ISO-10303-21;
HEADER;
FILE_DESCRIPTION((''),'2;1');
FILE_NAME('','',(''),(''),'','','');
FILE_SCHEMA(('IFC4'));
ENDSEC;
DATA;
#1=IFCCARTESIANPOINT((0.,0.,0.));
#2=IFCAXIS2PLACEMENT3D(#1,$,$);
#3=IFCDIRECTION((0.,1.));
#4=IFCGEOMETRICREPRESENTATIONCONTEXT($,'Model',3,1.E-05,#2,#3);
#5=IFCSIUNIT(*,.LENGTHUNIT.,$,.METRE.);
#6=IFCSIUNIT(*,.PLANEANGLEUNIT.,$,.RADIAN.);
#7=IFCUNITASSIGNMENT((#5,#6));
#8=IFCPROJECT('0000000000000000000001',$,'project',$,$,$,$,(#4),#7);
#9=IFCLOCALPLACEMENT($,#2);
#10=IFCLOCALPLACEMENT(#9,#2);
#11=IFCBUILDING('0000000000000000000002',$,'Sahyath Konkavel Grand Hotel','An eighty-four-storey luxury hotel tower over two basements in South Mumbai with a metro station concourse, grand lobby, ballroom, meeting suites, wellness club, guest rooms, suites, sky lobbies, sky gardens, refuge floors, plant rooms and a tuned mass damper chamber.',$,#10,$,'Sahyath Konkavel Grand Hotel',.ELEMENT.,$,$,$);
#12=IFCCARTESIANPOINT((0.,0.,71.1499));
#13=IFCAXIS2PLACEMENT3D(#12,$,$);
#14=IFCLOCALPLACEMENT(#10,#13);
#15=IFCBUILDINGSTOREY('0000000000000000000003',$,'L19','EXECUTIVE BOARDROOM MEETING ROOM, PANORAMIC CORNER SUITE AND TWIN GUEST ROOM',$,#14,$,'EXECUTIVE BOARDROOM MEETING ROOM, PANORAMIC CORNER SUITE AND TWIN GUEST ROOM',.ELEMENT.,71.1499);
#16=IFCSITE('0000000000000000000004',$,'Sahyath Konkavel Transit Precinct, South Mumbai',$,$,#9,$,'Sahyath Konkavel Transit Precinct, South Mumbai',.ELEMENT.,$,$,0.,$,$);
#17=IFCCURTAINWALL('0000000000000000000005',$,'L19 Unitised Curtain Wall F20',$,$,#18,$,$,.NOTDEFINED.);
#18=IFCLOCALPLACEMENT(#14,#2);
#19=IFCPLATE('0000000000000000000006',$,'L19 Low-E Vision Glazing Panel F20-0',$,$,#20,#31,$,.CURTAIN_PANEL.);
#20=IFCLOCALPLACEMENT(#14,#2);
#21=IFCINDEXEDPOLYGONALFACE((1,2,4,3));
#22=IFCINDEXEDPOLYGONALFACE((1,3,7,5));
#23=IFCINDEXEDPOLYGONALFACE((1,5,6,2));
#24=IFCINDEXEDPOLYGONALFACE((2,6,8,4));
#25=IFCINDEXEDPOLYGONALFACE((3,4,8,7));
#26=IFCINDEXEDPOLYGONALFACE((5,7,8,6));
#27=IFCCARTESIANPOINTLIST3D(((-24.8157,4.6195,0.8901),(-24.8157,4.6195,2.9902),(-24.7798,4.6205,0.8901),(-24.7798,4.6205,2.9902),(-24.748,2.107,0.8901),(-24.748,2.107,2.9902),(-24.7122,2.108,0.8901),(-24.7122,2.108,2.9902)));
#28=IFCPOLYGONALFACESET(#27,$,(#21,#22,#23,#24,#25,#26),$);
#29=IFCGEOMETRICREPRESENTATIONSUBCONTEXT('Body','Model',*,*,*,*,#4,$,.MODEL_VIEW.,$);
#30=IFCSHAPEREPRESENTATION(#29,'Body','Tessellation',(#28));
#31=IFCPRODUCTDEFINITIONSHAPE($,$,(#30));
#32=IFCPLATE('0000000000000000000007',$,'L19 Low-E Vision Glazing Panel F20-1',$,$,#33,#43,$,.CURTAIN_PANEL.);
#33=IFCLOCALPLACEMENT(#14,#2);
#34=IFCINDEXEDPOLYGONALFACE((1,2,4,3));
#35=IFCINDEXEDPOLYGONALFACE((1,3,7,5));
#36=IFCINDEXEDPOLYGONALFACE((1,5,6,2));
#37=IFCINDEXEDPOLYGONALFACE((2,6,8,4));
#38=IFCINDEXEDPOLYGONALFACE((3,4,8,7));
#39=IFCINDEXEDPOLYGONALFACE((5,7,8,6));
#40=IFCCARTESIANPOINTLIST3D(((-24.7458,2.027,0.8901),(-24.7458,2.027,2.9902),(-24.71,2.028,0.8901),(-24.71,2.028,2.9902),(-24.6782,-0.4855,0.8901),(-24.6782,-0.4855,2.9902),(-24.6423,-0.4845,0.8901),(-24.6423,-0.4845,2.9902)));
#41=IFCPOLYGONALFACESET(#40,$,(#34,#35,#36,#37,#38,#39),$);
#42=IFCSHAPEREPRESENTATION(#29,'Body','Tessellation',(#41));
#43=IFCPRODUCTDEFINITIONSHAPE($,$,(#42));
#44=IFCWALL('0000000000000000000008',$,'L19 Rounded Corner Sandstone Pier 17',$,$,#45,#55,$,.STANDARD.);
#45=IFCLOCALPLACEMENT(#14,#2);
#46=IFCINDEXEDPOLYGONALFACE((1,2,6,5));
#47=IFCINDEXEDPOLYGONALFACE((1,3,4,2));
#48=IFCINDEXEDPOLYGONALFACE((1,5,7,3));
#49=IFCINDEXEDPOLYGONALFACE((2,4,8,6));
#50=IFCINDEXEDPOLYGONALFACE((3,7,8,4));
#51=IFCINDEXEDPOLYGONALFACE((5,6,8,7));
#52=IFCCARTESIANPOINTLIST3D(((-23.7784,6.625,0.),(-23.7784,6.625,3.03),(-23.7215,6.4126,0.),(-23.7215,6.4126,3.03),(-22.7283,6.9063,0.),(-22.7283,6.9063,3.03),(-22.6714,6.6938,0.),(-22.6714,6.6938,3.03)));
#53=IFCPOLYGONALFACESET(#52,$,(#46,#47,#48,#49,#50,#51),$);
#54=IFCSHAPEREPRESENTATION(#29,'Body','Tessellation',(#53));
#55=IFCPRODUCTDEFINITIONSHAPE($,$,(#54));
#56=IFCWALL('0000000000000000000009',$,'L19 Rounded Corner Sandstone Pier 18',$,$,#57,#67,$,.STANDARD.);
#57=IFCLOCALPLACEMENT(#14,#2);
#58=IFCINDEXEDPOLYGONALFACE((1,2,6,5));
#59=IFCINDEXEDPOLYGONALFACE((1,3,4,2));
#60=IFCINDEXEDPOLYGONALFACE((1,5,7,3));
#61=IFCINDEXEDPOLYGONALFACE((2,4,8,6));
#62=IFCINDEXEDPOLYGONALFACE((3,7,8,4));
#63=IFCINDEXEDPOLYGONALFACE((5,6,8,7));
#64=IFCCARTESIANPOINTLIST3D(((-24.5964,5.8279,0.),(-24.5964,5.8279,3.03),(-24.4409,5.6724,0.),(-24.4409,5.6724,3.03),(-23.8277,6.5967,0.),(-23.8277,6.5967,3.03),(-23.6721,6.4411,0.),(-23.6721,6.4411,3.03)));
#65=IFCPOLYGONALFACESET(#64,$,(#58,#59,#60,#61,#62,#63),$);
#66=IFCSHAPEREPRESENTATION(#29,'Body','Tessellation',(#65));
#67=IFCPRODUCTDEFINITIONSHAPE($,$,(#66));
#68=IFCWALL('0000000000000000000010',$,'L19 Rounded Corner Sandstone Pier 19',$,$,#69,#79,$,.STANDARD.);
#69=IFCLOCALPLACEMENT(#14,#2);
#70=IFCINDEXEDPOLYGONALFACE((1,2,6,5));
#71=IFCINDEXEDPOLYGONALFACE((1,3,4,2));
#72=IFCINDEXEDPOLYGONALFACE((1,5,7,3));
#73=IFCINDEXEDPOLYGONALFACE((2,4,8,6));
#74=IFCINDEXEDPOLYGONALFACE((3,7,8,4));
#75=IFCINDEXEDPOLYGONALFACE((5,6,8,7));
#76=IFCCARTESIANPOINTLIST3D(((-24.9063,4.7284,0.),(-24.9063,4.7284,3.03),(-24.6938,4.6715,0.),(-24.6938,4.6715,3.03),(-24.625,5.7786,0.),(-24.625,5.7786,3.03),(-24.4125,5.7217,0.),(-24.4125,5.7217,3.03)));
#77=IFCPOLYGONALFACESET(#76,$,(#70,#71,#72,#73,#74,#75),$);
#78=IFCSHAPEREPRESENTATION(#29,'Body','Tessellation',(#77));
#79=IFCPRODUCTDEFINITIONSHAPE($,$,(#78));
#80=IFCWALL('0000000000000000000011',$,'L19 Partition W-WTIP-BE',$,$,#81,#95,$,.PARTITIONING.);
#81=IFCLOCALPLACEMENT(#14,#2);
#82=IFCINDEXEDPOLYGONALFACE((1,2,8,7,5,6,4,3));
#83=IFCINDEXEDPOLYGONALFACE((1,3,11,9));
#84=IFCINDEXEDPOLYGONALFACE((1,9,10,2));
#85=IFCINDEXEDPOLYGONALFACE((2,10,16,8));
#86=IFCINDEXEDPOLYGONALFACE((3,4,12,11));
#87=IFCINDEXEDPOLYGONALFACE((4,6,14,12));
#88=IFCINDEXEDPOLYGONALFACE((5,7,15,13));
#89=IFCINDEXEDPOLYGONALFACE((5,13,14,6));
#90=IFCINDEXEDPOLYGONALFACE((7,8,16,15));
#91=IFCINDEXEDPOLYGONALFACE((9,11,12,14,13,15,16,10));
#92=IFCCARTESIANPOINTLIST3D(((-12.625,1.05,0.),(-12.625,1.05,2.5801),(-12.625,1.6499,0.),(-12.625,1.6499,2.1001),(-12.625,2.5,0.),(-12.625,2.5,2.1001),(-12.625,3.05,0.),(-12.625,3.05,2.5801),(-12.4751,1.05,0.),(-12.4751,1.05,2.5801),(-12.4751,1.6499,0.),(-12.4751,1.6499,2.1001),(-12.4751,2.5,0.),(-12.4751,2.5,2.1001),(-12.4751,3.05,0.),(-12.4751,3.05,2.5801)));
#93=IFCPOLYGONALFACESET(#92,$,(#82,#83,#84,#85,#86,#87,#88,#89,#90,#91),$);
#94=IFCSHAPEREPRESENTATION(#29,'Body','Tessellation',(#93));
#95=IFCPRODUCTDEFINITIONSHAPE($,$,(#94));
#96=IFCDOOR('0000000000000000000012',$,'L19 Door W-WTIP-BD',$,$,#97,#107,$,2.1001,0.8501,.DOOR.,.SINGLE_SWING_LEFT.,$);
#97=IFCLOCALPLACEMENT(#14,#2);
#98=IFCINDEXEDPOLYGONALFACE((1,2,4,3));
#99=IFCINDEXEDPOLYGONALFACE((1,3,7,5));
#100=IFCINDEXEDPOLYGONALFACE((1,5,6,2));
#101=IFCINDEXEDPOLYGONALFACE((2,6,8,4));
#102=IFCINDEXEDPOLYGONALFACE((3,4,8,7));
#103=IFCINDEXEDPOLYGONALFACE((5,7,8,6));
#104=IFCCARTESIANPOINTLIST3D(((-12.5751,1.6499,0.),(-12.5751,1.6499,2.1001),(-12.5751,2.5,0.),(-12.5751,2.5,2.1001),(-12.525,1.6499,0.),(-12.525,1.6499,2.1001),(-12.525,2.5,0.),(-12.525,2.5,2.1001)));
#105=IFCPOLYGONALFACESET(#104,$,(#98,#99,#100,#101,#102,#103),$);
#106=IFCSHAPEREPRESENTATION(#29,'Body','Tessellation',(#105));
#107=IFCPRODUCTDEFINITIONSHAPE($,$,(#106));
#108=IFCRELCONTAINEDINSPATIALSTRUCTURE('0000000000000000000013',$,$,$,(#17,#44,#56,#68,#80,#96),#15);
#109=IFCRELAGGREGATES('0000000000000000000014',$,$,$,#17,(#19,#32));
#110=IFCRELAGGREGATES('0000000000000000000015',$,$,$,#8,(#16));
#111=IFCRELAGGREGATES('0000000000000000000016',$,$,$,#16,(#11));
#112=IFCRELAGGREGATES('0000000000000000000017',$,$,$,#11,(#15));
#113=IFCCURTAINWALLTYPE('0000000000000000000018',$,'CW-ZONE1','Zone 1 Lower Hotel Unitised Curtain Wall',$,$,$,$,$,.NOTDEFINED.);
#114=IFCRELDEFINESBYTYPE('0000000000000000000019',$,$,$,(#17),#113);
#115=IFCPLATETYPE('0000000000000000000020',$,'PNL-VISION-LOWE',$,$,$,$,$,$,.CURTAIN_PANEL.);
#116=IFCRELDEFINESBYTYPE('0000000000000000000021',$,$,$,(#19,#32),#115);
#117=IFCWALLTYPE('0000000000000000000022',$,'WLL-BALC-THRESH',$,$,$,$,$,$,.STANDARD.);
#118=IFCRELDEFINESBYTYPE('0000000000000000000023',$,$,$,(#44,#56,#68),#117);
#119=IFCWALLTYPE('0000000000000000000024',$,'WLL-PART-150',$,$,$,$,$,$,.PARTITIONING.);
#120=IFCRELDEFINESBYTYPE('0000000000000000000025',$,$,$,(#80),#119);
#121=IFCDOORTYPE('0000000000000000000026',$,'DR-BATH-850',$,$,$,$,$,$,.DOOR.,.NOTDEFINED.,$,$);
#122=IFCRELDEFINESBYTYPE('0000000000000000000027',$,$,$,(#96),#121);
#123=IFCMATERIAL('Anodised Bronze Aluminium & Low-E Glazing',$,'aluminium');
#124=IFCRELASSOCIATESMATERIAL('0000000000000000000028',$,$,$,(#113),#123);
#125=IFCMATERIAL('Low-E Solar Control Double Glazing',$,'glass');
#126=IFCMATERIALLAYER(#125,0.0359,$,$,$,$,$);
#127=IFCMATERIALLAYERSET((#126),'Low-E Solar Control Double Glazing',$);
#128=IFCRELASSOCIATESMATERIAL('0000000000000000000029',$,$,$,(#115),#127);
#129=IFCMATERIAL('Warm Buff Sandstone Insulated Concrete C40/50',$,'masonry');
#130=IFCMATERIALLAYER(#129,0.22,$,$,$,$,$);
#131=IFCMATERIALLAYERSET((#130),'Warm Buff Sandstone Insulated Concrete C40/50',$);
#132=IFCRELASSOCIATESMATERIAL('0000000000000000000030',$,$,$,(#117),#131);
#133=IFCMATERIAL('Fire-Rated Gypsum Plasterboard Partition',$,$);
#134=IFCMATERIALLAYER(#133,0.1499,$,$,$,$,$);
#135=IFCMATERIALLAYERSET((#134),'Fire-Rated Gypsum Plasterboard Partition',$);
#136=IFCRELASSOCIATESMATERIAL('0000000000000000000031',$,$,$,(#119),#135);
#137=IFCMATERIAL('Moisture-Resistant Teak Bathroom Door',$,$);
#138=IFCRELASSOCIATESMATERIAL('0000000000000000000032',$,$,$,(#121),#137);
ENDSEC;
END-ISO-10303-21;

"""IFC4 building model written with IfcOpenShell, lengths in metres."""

from ifc_helpers import new_model, si_unit, direction, frame, frame_2d, origin, origin_2d, place, context, subcontext, project, spatial, rectangle, extrude, source, transform, mapped, material, layer, layer_set, type_object, element, fill, aggregate, save


model = new_model("IFC4")

# Units and contexts
model_context = context("Model", 3, precision=1e-05, world=origin(), true_north=direction((0.0, 1.0)))
body_context = subcontext(model_context, "Body", "Model", "MODEL_VIEW")
ifc_project = project(units=[si_unit("LENGTHUNIT", "METRE"), si_unit("PLANEANGLEUNIT", "RADIAN")], contexts=[model_context])

# Site, building, storey
site_placement = place(None, origin())
site = spatial("IfcSite", under=ifc_project, at=site_placement, Name="Sahyath Konkavel Transit Precinct, South Mumbai", LongName="Sahyath Konkavel Transit Precinct, South Mumbai", CompositionType="ELEMENT", RefElevation=0.0)
building_placement = place(site_placement, origin())
building = spatial("IfcBuilding", under=site, at=building_placement, Name="Sahyath Konkavel Grand Hotel", Description="An eighty-four-storey luxury hotel tower over two basements in South Mumbai with a metro station concourse, grand lobby, ballroom, meeting suites, wellness club, guest rooms, suites, sky lobbies, sky gardens, refuge floors, plant rooms and a tuned mass damper chamber.", LongName="Sahyath Konkavel Grand Hotel", CompositionType="ELEMENT")
storey_placement = place(building_placement, frame((0.0, 0.0, 71.1499)))
storey = spatial("IfcBuildingStorey", under=building, at=storey_placement, Name="L19", Description="EXECUTIVE BOARDROOM MEETING ROOM, PANORAMIC CORNER SUITE AND TWIN GUEST ROOM", LongName="EXECUTIVE BOARDROOM MEETING ROOM, PANORAMIC CORNER SUITE AND TWIN GUEST ROOM", CompositionType="ELEMENT", Elevation=71.1499)

# Curtain wall
ifc_material_1 = material(Name="Anodised Bronze Aluminium & Low-E Glazing", Category="aluminium")
curtain_wall_type = type_object("IfcCurtainWallType", Name="CW-ZONE1", Description="Zone 1 Lower Hotel Unitised Curtain Wall", PredefinedType="NOTDEFINED", material=ifc_material_1)
curtain_wall_1_placement = place(storey_placement, origin())
curtain_wall_1 = element("IfcCurtainWall", 1, at=curtain_wall_1_placement, inside=storey, type_object=curtain_wall_type, Name="L19 Unitised Curtain Wall F20", PredefinedType="NOTDEFINED")

# Plates
ifc_material_2 = material(Name="Low-E Solar Control Double Glazing", Category="glass")
ifc_layer_1 = layer(ifc_material_2, 0.0359)
ifc_layer_set_1 = layer_set([ifc_layer_1], Name="Low-E Solar Control Double Glazing")
plate_type_1 = type_object("IfcPlateType", Name="PNL-VISION-LOWE", PredefinedType="CURTAIN_PANEL", material=ifc_layer_set_1)
shared_shape_1 = source(origin(), body_context, "Body", "SweptSolid", [
    extrude(rectangle(XDim=2.5134, YDim=0.0359, at=origin_2d()), origin(), (0.0, 0.0, 1.0), 2.1001),
])
plate_1_placement = place(storey_placement, frame((-24.7639, 3.3638, 0.8901), z_axis=(0.0, 0.0, 1.0), x_axis=(0.02691, -0.999638, 0.0)))
plate_1 = element("IfcPlate", 2, at=plate_1_placement, type_object=plate_type_1, Name="L19 Low-E Vision Glazing Panel F20-0", PredefinedType="CURTAIN_PANEL", context=body_context, shape_type="MappedRepresentation", body=[
    mapped(shared_shape_1, transform((0.0, 0.0, 0.0), scale=1.0)),
])
plate_2_placement = place(storey_placement, frame((-24.6941, 0.7712, 0.8901), z_axis=(0.0, 0.0, 1.0), x_axis=(0.02691, -0.999638, 0.0)))
plate_2 = element("IfcPlate", 3, at=plate_2_placement, type_object=plate_type_1, Name="L19 Low-E Vision Glazing Panel F20-1", PredefinedType="CURTAIN_PANEL", context=body_context, shape_type="MappedRepresentation", body=[
    mapped(shared_shape_1, transform((0.0, 0.0, 0.0), scale=1.0)),
])
aggregate(curtain_wall_1, [plate_1, plate_2])

# Walls
ifc_material_3 = material(Name="Warm Buff Sandstone Insulated Concrete C40/50", Category="masonry")
ifc_layer_2 = layer(ifc_material_3, 0.22)
ifc_layer_set_2 = layer_set([ifc_layer_2], Name="Warm Buff Sandstone Insulated Concrete C40/50")
wall_type_1 = type_object("IfcWallType", Name="WLL-BALC-THRESH", PredefinedType="STANDARD", material=ifc_layer_set_2)
for number, where, z_axis, x_axis, name in (
    (4, (-22.7, 6.8, 0.0), (0.0, 0.0, 1.0), (-0.965951, -0.258725, 0.0), "L19 Rounded Corner Sandstone Pier 17"),
    (5, (-23.75, 6.5188, 0.0), (0.0, 0.0, 1.0), (-0.707107, -0.707107, 0.0), "L19 Rounded Corner Sandstone Pier 18"),
    (6, (-24.5188, 5.75, 0.0), (0.0, 0.0, 1.0), (-0.258725, -0.965951, 0.0), "L19 Rounded Corner Sandstone Pier 19"),
):
    element("IfcWall", number, at=place(storey_placement, frame(where, z_axis=z_axis, x_axis=x_axis)), inside=storey, type_object=wall_type_1, Name=name, PredefinedType="STANDARD", context=body_context, shape_type="SweptSolid", body=[
        extrude(rectangle(XDim=1.0872, YDim=0.22, at=frame_2d((0.5435, 0.0))), origin(), (0.0, 0.0, 1.0), 3.03),
    ])

# Wall, opening, door
ifc_material_4 = material(Name="Fire-Rated Gypsum Plasterboard Partition")
ifc_layer_3 = layer(ifc_material_4, 0.1499)
ifc_layer_set_3 = layer_set([ifc_layer_3], Name="Fire-Rated Gypsum Plasterboard Partition")
wall_type_2 = type_object("IfcWallType", Name="WLL-PART-150", PredefinedType="PARTITIONING", material=ifc_layer_set_3)
wall_placement = place(storey_placement, frame((-12.55, 3.05, 0.0), z_axis=(0.0, 0.0, 1.0), x_axis=(0.0, -1.0, 0.0)))
wall = element("IfcWall", 7, at=wall_placement, inside=storey, type_object=wall_type_2, Name="L19 Partition W-WTIP-BE", PredefinedType="PARTITIONING", context=body_context, shape_type="SweptSolid", body=[
    extrude(rectangle(XDim=2.0, YDim=0.1499, at=frame_2d((1.0, 0.0))), origin(), (0.0, 0.0, 1.0), 2.5801),
])
opening_placement = place(wall_placement, frame((0.55, 0.0, 0.0)))
opening = element("IfcOpeningElement", 8, at=opening_placement, cuts=wall, PredefinedType="OPENING", context=body_context, shape_type="SweptSolid", body=[
    extrude(rectangle(XDim=0.8501, YDim=2.1001, at=frame_2d((0.425, 1.05))), frame((0.0, 0.085, 0.0), z_axis=(0.0, -1.0, 0.0), x_axis=(1.0, 0.0, 0.0)), (0.0, 0.0, 1.0), 0.1699),
])
ifc_material_5 = material(Name="Moisture-Resistant Teak Bathroom Door")
door_type = type_object("IfcDoorType", Name="DR-BATH-850", OperationType="NOTDEFINED", PredefinedType="DOOR", material=ifc_material_5)
shared_shape_2 = source(origin(), body_context, "Body", "SweptSolid", [
    extrude(rectangle(XDim=0.8501, YDim=0.05, at=origin_2d()), origin(), (0.0, 0.0, 1.0), 2.1001),
])
door_placement = place(opening_placement, frame((0.425, 0.0, 0.0)))
door = element("IfcDoor", 9, at=door_placement, inside=storey, type_object=door_type, Name="L19 Door W-WTIP-BD", OperationType="SINGLE_SWING_LEFT", OverallHeight=2.1001, OverallWidth=0.8501, PredefinedType="DOOR", context=body_context, shape_type="MappedRepresentation", body=[
    mapped(shared_shape_2, transform((0.0, 0.0, 0.0), scale=1.0)),
])
fill(opening, door)

save(model, "model.ifc")
